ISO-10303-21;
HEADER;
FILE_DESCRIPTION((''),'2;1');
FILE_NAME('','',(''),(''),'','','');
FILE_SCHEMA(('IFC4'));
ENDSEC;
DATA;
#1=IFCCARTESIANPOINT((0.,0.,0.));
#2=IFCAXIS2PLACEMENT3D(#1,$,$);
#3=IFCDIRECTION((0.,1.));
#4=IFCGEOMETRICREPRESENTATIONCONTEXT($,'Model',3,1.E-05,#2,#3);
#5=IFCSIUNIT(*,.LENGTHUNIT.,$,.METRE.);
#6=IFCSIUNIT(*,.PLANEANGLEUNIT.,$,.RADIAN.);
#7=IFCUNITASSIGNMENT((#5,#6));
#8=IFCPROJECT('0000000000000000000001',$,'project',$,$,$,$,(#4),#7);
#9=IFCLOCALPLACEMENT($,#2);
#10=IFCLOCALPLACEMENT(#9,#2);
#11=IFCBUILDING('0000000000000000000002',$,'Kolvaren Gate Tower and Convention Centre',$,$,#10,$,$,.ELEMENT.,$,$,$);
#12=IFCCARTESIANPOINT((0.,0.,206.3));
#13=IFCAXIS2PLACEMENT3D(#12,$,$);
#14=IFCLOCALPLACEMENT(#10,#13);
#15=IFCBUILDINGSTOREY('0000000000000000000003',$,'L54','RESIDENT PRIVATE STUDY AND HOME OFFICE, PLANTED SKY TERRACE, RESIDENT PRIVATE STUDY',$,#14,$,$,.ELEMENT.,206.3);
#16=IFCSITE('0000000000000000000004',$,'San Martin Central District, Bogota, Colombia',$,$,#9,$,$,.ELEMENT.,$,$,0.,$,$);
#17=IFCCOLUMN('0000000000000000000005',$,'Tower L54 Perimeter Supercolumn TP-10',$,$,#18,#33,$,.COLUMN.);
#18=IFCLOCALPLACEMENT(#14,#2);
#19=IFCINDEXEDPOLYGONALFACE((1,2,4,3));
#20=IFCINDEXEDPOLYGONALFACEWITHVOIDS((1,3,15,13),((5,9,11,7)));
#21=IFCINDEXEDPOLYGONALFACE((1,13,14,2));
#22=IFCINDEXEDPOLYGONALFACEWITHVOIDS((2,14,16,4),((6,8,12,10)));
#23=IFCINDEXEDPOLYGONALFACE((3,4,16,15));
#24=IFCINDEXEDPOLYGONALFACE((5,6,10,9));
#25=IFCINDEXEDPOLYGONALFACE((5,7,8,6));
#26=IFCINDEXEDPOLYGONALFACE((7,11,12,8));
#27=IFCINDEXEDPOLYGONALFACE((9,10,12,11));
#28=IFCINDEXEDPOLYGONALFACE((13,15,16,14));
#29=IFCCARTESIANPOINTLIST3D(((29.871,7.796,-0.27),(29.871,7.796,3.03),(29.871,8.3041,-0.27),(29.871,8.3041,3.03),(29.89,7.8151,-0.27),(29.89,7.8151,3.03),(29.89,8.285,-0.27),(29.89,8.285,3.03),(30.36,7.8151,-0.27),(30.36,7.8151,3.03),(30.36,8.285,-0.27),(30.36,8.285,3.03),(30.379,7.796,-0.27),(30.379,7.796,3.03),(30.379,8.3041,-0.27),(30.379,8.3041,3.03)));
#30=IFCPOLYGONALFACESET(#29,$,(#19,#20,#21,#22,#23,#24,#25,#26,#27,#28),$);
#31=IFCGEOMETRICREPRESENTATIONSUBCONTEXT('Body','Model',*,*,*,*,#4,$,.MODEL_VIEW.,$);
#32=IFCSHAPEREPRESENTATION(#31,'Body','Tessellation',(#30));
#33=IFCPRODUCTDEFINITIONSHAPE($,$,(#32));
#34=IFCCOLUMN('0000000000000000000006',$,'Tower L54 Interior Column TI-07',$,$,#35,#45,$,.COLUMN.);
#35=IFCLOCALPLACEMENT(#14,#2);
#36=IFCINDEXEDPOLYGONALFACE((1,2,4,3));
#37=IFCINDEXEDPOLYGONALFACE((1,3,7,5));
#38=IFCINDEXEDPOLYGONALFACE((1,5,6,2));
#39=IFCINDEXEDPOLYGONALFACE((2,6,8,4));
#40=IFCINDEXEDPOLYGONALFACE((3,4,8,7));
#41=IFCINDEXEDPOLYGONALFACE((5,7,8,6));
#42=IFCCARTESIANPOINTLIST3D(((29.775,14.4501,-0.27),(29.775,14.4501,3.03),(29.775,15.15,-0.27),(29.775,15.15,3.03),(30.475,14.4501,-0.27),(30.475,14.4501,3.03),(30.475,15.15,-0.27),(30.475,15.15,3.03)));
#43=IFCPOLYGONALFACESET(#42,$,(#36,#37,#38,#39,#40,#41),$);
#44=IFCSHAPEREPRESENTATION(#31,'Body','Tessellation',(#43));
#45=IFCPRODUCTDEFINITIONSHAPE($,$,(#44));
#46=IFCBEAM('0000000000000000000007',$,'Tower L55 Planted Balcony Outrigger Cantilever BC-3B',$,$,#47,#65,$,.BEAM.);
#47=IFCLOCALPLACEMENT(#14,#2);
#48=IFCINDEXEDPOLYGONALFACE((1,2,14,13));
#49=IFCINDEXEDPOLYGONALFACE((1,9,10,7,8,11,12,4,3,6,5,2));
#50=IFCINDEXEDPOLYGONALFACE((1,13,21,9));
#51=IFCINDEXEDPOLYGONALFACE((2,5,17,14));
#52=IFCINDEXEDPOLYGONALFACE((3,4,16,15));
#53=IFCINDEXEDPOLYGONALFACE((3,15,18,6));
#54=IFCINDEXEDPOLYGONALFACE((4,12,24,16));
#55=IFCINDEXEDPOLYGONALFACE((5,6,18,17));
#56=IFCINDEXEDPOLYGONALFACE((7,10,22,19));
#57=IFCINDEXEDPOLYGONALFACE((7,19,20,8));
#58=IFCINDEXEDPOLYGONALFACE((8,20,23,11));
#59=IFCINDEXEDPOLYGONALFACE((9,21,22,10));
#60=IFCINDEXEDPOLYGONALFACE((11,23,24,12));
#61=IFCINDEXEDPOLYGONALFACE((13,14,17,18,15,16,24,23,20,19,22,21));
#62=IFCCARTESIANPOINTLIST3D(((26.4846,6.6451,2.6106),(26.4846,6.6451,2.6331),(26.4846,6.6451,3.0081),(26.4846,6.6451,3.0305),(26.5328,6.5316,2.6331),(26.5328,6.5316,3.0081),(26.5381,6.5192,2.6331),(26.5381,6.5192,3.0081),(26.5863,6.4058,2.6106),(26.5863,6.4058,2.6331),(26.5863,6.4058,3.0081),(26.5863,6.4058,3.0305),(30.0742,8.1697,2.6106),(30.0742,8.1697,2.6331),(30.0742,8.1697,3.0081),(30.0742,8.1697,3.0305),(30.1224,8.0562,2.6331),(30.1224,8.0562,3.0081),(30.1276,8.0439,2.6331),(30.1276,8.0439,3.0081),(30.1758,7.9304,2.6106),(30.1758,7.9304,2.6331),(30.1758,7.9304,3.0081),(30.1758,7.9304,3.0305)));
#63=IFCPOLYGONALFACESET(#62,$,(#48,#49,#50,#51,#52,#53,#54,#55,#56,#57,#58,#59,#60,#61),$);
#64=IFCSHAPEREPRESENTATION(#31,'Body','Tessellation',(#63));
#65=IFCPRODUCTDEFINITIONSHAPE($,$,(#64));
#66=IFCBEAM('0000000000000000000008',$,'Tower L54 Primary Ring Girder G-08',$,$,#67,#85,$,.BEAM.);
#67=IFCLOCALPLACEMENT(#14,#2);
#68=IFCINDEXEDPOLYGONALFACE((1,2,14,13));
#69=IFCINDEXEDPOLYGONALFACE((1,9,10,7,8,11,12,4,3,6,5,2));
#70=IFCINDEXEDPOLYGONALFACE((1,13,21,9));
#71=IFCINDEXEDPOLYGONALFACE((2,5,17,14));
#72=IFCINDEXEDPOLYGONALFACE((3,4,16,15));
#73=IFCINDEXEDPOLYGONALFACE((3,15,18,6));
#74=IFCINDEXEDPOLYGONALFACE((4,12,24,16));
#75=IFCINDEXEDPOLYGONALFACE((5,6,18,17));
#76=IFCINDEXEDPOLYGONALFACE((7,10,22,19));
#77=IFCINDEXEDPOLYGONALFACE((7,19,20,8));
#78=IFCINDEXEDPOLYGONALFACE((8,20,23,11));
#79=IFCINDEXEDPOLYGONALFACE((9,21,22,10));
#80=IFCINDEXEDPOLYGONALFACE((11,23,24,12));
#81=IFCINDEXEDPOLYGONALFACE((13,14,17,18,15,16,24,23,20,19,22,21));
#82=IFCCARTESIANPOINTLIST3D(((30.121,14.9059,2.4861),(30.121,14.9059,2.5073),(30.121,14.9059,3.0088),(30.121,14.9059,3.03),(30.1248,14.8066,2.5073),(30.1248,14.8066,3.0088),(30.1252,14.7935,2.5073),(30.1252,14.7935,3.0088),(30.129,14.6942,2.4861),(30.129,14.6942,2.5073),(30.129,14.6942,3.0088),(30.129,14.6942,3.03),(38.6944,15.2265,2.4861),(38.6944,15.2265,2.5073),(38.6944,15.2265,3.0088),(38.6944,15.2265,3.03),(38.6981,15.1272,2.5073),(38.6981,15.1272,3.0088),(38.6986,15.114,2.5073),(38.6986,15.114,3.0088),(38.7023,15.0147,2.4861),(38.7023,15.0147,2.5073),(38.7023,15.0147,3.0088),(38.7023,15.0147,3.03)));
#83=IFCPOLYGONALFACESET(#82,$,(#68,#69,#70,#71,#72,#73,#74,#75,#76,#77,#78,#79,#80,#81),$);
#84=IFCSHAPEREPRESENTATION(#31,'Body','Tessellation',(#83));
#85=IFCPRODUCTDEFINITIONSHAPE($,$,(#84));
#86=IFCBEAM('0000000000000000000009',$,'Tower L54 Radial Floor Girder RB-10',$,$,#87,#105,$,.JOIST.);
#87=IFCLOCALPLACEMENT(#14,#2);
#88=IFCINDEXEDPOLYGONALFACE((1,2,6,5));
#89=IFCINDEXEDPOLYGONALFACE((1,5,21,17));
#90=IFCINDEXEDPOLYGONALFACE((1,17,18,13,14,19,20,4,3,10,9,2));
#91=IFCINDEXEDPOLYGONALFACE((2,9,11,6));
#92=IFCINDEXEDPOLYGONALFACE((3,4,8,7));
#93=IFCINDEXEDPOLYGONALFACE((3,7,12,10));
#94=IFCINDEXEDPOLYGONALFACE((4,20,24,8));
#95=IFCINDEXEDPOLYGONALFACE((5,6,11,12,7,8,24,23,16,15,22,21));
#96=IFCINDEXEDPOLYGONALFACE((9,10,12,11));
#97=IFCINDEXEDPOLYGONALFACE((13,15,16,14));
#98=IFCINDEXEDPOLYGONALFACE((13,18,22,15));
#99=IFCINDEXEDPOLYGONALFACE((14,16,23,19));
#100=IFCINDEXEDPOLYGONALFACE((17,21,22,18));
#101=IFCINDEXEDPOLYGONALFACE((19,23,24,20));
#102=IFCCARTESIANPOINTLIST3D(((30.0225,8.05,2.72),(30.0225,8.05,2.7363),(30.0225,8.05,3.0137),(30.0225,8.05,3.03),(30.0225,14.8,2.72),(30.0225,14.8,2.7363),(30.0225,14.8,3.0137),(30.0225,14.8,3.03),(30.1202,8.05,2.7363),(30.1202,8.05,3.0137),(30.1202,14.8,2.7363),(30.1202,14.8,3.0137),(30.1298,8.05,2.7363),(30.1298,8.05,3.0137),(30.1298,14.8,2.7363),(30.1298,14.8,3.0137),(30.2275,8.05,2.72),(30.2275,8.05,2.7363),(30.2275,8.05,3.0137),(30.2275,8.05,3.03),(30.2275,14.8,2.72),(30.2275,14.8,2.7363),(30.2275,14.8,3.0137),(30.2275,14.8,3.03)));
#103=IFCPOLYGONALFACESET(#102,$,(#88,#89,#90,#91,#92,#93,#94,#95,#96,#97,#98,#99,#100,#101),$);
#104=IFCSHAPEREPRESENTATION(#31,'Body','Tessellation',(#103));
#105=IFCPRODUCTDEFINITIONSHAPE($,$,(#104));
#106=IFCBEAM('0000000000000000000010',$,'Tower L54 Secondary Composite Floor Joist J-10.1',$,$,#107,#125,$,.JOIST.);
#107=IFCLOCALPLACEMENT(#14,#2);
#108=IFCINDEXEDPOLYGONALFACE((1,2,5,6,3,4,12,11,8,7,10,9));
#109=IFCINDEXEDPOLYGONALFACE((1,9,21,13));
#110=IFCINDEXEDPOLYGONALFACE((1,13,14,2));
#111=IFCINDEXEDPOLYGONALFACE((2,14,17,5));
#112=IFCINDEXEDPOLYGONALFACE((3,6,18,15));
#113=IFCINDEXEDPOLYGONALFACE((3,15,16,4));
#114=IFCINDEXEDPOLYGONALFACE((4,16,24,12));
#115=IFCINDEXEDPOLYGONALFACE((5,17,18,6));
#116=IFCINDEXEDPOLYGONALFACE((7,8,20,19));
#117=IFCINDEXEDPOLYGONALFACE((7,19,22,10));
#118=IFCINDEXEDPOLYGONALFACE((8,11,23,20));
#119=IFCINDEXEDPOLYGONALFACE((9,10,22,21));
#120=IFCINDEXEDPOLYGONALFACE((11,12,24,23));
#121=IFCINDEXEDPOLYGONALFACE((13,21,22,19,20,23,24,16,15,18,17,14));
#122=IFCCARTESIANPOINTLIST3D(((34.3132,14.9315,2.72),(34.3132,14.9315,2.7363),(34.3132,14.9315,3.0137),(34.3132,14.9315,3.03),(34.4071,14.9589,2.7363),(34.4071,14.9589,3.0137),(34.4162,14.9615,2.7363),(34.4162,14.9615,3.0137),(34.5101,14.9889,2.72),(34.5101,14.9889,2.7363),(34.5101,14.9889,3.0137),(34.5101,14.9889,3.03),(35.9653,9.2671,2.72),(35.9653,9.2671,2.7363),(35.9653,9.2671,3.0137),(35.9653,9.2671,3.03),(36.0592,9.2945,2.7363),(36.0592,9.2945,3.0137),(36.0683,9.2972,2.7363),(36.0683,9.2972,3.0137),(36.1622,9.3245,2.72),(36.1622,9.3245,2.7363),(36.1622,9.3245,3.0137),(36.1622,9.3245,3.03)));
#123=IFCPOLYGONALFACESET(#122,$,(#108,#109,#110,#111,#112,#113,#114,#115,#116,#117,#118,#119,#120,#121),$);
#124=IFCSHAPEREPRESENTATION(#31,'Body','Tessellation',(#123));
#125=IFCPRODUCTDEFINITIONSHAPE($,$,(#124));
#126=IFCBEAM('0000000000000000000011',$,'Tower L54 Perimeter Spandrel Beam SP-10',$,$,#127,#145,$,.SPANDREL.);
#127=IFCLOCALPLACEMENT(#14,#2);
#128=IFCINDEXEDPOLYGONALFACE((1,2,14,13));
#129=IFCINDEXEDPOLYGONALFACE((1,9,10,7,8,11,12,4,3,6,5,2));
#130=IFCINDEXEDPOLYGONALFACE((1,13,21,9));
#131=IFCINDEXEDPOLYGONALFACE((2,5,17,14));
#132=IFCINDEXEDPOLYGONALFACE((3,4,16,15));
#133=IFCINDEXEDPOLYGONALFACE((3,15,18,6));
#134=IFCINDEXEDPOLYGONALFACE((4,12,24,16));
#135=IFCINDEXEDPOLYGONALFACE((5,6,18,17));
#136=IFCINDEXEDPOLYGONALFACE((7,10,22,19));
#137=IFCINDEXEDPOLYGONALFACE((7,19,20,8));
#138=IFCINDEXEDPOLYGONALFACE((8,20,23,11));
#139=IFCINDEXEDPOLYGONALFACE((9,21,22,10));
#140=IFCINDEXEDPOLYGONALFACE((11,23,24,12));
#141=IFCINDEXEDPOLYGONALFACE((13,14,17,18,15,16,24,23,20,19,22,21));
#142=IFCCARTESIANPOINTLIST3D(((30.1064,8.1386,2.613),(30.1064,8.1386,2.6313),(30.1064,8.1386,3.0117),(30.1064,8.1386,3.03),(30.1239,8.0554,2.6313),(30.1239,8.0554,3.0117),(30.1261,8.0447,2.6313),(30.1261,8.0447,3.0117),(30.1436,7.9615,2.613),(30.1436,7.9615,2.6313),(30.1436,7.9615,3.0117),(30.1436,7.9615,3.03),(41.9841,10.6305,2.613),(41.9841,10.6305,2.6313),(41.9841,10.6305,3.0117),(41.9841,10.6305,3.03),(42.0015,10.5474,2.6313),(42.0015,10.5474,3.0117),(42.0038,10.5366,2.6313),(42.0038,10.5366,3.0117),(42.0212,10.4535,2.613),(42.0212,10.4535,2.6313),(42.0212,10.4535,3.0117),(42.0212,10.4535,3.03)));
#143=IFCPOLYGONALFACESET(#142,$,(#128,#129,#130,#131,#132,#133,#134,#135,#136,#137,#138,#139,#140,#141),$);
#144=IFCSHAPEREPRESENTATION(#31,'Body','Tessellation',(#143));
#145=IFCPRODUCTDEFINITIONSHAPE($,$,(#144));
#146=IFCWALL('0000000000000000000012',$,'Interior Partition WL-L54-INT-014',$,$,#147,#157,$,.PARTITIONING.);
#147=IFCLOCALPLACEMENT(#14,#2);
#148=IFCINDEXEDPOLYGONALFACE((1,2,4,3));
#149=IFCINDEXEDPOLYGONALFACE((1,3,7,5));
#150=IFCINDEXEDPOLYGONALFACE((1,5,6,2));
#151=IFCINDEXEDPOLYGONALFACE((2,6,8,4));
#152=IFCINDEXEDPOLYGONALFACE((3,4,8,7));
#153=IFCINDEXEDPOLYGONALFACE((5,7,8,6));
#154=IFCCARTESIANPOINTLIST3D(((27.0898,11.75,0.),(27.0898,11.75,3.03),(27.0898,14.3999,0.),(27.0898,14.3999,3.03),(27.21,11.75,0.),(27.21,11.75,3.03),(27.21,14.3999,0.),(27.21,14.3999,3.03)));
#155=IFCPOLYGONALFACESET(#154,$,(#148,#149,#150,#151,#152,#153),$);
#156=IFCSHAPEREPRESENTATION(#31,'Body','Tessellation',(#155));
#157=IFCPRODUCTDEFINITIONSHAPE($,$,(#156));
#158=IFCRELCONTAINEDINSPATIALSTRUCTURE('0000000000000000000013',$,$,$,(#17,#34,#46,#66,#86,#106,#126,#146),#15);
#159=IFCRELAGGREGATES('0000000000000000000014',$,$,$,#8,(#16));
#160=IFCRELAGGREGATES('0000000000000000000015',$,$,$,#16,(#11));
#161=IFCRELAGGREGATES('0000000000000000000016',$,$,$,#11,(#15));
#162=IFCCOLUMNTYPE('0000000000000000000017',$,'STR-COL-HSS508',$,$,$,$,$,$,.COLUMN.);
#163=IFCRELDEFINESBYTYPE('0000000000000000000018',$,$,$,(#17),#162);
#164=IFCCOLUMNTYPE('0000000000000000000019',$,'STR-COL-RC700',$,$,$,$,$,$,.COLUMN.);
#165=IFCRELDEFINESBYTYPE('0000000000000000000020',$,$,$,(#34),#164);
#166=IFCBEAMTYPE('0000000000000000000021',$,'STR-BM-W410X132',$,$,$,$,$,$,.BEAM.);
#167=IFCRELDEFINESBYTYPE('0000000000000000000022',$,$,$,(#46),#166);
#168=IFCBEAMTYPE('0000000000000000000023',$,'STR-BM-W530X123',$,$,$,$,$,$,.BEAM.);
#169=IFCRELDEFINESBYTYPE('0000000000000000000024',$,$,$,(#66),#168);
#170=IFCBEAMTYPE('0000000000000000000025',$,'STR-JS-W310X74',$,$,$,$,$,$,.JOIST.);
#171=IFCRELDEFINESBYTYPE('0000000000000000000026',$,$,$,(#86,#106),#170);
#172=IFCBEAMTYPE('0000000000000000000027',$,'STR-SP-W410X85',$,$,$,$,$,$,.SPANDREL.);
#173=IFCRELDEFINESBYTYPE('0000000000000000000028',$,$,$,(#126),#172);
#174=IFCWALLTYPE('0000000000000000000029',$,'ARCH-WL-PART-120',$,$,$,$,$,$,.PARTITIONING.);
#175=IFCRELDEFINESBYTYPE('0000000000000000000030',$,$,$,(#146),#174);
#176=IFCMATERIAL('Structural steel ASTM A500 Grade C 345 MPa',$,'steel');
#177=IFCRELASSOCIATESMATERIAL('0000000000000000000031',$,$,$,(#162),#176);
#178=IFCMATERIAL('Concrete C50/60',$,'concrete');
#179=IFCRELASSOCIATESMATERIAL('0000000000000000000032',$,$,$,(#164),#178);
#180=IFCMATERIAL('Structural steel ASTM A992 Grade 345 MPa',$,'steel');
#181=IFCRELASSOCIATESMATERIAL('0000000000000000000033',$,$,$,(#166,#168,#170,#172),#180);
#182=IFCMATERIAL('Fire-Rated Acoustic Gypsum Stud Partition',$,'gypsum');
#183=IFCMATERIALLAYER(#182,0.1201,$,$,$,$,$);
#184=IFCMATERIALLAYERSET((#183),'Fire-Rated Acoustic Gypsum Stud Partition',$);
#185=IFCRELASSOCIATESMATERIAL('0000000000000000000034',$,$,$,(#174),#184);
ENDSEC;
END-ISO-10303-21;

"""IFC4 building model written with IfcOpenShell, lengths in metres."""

from ifc_helpers import new_model, si_unit, direction, frame, frame_2d, origin, origin_2d, place, context, subcontext, project, spatial, rectangle, hollow_rectangle, i_section, extrude, material, layer, layer_set, material_profile, profile_set, type_object, element, save


model = new_model("IFC4")

# Units and contexts
model_context = context("Model", 3, precision=1e-05, world=origin(), true_north=direction((0.0, 1.0)))
body_context = subcontext(model_context, "Body", "Model", "MODEL_VIEW")
ifc_project = project(units=[si_unit("LENGTHUNIT", "METRE"), si_unit("PLANEANGLEUNIT", "RADIAN")], contexts=[model_context])

# Site, building, storey
site_placement = place(None, origin())
site = spatial("IfcSite", under=ifc_project, at=site_placement, Name="San Martin Central District, Bogota, Colombia", CompositionType="ELEMENT", RefElevation=0.0)
building_placement = place(site_placement, origin())
building = spatial("IfcBuilding", under=site, at=building_placement, Name="Kolvaren Gate Tower and Convention Centre", CompositionType="ELEMENT")
storey_placement = place(building_placement, frame((0.0, 0.0, 206.3)))
storey = spatial("IfcBuildingStorey", under=building, at=storey_placement, Name="L54", Description="RESIDENT PRIVATE STUDY AND HOME OFFICE, PLANTED SKY TERRACE, RESIDENT PRIVATE STUDY", CompositionType="ELEMENT", Elevation=206.3)

# Columns
ifc_material_1 = material(Name="Structural steel ASTM A500 Grade C 345 MPa", Category="steel")
ifc_material_profile_1 = material_profile(ifc_material_1, hollow_rectangle(XDim=0.5081, YDim=0.5081, WallThickness=0.019, at=origin_2d()), Name="HSS508X508X19.1")
ifc_profile_set_1 = profile_set([ifc_material_profile_1], Name="Structural steel ASTM A500 Grade C 345 MPa")
column_type_1 = type_object("IfcColumnType", Name="STR-COL-HSS508", PredefinedType="COLUMN", material=ifc_profile_set_1)
column_1_placement = place(storey_placement, frame((30.125, 8.05, -0.27), z_axis=(0.0, 0.0, 1.0), x_axis=(1.0, 0.0, 0.0)))
element("IfcColumn", 1, at=column_1_placement, inside=storey, type_object=column_type_1, Name="Tower L54 Perimeter Supercolumn TP-10", PredefinedType="COLUMN", context=body_context, shape_type="SweptSolid", body=[
    extrude(hollow_rectangle(XDim=0.5081, YDim=0.5081, WallThickness=0.019, at=origin_2d()), origin(), (0.0, 0.0, 1.0), 3.3),
])
ifc_material_2 = material(Name="Concrete C50/60", Category="concrete")
ifc_material_profile_2 = material_profile(ifc_material_2, rectangle(XDim=0.7, YDim=0.7, at=origin_2d()), Name="RC-COL-700X700")
ifc_profile_set_2 = profile_set([ifc_material_profile_2], Name="Concrete C50/60")
column_type_2 = type_object("IfcColumnType", Name="STR-COL-RC700", PredefinedType="COLUMN", material=ifc_profile_set_2)
column_2_placement = place(storey_placement, frame((30.125, 14.8, -0.27), z_axis=(0.0, 0.0, 1.0), x_axis=(1.0, 0.0, 0.0)))
element("IfcColumn", 2, at=column_2_placement, inside=storey, type_object=column_type_2, Name="Tower L54 Interior Column TI-07", PredefinedType="COLUMN", context=body_context, shape_type="SweptSolid", body=[
    extrude(rectangle(XDim=0.7, YDim=0.7, at=origin_2d()), origin(), (0.0, 0.0, 1.0), 3.3),
])

# Beams
ifc_material_3 = material(Name="Structural steel ASTM A992 Grade 345 MPa", Category="steel")
ifc_material_profile_3 = material_profile(ifc_material_3, i_section(OverallWidth=0.26, OverallDepth=0.4199, WebThickness=0.0134, FlangeThickness=0.0225, at=origin_2d()), Name="W410X132")
ifc_profile_set_3 = profile_set([ifc_material_profile_3], Name="Structural steel ASTM A992 Grade 345 MPa")
beam_type_1 = type_object("IfcBeamType", Name="STR-BM-W410X132", PredefinedType="BEAM", material=ifc_profile_set_3)
beam_1_placement = place(storey_placement, frame((30.125, 8.05, 2.8206), z_axis=(-0.920416, -0.39094, 0.0), x_axis=(0.39094, -0.920416, 0.0)))
element("IfcBeam", 3, at=beam_1_placement, inside=storey, type_object=beam_type_1, Name="Tower L55 Planted Balcony Outrigger Cantilever BC-3B", PredefinedType="BEAM", context=body_context, shape_type="SweptSolid", body=[
    extrude(i_section(OverallWidth=0.26, OverallDepth=0.4199, WebThickness=0.0134, FlangeThickness=0.0225, at=origin_2d()), origin(), (0.0, 0.0, 1.0), 3.8999),
])
ifc_material_profile_4 = material_profile(ifc_material_3, i_section(OverallWidth=0.2119, OverallDepth=0.5439, WebThickness=0.0132, FlangeThickness=0.0212, at=origin_2d()), Name="W530X123")
ifc_profile_set_4 = profile_set([ifc_material_profile_4], Name="Structural steel ASTM A992 Grade 345 MPa")
beam_type_2 = type_object("IfcBeamType", Name="STR-BM-W530X123", PredefinedType="BEAM", material=ifc_profile_set_4)
beam_2_placement = place(storey_placement, frame((30.125, 14.8, 2.7581), z_axis=(0.999302, 0.037364, 0.0), x_axis=(-0.037364, 0.999302, 0.0)))
element("IfcBeam", 4, at=beam_2_placement, inside=storey, type_object=beam_type_2, Name="Tower L54 Primary Ring Girder G-08", PredefinedType="BEAM", context=body_context, shape_type="SweptSolid", body=[
    extrude(i_section(OverallWidth=0.2119, OverallDepth=0.5439, WebThickness=0.0132, FlangeThickness=0.0212, at=origin_2d()), origin(), (0.0, 0.0, 1.0), 8.5793),
])
ifc_material_profile_5 = material_profile(ifc_material_3, i_section(OverallWidth=0.2051, OverallDepth=0.3101, WebThickness=0.0095, FlangeThickness=0.0164, at=origin_2d()), Name="W310X74")
ifc_profile_set_5 = profile_set([ifc_material_profile_5], Name="Structural steel ASTM A992 Grade 345 MPa")
beam_type_3 = type_object("IfcBeamType", Name="STR-JS-W310X74", PredefinedType="JOIST", material=ifc_profile_set_5)
beam_3_placement = place(storey_placement, frame((30.125, 14.8, 2.875), z_axis=(0.0, -1.0, 0.0), x_axis=(1.0, 0.0, 0.0)))
element("IfcBeam", 5, at=beam_3_placement, inside=storey, type_object=beam_type_3, Name="Tower L54 Radial Floor Girder RB-10", PredefinedType="JOIST", context=body_context, shape_type="SweptSolid", body=[
    extrude(i_section(OverallWidth=0.2051, OverallDepth=0.3101, WebThickness=0.0095, FlangeThickness=0.0164, at=origin_2d()), origin(), (0.0, 0.0, 1.0), 6.75),
])
beam_4_placement = place(storey_placement, frame((34.4116, 14.9602, 2.875), z_axis=(0.280002, -0.96, 0.0), x_axis=(0.96, 0.280002, 0.0)))
element("IfcBeam", 6, at=beam_4_placement, inside=storey, type_object=beam_type_3, Name="Tower L54 Secondary Composite Floor Joist J-10.1", PredefinedType="JOIST", context=body_context, shape_type="SweptSolid", body=[
    extrude(i_section(OverallWidth=0.2051, OverallDepth=0.3101, WebThickness=0.0095, FlangeThickness=0.0164, at=origin_2d()), origin(), (0.0, 0.0, 1.0), 5.9004),
])
ifc_material_profile_6 = material_profile(ifc_material_3, i_section(OverallWidth=0.1809, OverallDepth=0.417, WebThickness=0.011, FlangeThickness=0.0183, at=origin_2d()), Name="W410X85")
ifc_profile_set_6 = profile_set([ifc_material_profile_6], Name="Structural steel ASTM A992 Grade 345 MPa")
beam_type_4 = type_object("IfcBeamType", Name="STR-SP-W410X85", PredefinedType="SPANDREL", material=ifc_profile_set_6)
beam_5_placement = place(storey_placement, frame((30.125, 8.05, 2.8215), z_axis=(0.978693, 0.20533, 0.0), x_axis=(-0.20533, 0.978693, 0.0)))
element("IfcBeam", 7, at=beam_5_placement, inside=storey, type_object=beam_type_4, Name="Tower L54 Perimeter Spandrel Beam SP-10", PredefinedType="SPANDREL", context=body_context, shape_type="SweptSolid", body=[
    extrude(i_section(OverallWidth=0.1809, OverallDepth=0.417, WebThickness=0.011, FlangeThickness=0.0183, at=origin_2d()), origin(), (0.0, 0.0, 1.0), 12.1362),
])

# Wall
ifc_material_4 = material(Name="Fire-Rated Acoustic Gypsum Stud Partition", Category="gypsum")
ifc_layer_1 = layer(ifc_material_4, 0.1201)
ifc_layer_set_1 = layer_set([ifc_layer_1], Name="Fire-Rated Acoustic Gypsum Stud Partition")
wall_type_1 = type_object("IfcWallType", Name="ARCH-WL-PART-120", PredefinedType="PARTITIONING", material=ifc_layer_set_1)
wall_1_placement = place(storey_placement, frame((27.1499, 11.75, 0.0), z_axis=(0.0, 0.0, 1.0), x_axis=(0.0, 1.0, 0.0)))
element("IfcWall", 8, at=wall_1_placement, inside=storey, type_object=wall_type_1, Name="Interior Partition WL-L54-INT-014", PredefinedType="PARTITIONING", context=body_context, shape_type="SweptSolid", body=[
    extrude(rectangle(XDim=2.6499, YDim=0.1201, at=frame_2d((1.325, 0.0))), origin(), (0.0, 0.0, 1.0), 3.03),
])

save(model, "model.ifc")
